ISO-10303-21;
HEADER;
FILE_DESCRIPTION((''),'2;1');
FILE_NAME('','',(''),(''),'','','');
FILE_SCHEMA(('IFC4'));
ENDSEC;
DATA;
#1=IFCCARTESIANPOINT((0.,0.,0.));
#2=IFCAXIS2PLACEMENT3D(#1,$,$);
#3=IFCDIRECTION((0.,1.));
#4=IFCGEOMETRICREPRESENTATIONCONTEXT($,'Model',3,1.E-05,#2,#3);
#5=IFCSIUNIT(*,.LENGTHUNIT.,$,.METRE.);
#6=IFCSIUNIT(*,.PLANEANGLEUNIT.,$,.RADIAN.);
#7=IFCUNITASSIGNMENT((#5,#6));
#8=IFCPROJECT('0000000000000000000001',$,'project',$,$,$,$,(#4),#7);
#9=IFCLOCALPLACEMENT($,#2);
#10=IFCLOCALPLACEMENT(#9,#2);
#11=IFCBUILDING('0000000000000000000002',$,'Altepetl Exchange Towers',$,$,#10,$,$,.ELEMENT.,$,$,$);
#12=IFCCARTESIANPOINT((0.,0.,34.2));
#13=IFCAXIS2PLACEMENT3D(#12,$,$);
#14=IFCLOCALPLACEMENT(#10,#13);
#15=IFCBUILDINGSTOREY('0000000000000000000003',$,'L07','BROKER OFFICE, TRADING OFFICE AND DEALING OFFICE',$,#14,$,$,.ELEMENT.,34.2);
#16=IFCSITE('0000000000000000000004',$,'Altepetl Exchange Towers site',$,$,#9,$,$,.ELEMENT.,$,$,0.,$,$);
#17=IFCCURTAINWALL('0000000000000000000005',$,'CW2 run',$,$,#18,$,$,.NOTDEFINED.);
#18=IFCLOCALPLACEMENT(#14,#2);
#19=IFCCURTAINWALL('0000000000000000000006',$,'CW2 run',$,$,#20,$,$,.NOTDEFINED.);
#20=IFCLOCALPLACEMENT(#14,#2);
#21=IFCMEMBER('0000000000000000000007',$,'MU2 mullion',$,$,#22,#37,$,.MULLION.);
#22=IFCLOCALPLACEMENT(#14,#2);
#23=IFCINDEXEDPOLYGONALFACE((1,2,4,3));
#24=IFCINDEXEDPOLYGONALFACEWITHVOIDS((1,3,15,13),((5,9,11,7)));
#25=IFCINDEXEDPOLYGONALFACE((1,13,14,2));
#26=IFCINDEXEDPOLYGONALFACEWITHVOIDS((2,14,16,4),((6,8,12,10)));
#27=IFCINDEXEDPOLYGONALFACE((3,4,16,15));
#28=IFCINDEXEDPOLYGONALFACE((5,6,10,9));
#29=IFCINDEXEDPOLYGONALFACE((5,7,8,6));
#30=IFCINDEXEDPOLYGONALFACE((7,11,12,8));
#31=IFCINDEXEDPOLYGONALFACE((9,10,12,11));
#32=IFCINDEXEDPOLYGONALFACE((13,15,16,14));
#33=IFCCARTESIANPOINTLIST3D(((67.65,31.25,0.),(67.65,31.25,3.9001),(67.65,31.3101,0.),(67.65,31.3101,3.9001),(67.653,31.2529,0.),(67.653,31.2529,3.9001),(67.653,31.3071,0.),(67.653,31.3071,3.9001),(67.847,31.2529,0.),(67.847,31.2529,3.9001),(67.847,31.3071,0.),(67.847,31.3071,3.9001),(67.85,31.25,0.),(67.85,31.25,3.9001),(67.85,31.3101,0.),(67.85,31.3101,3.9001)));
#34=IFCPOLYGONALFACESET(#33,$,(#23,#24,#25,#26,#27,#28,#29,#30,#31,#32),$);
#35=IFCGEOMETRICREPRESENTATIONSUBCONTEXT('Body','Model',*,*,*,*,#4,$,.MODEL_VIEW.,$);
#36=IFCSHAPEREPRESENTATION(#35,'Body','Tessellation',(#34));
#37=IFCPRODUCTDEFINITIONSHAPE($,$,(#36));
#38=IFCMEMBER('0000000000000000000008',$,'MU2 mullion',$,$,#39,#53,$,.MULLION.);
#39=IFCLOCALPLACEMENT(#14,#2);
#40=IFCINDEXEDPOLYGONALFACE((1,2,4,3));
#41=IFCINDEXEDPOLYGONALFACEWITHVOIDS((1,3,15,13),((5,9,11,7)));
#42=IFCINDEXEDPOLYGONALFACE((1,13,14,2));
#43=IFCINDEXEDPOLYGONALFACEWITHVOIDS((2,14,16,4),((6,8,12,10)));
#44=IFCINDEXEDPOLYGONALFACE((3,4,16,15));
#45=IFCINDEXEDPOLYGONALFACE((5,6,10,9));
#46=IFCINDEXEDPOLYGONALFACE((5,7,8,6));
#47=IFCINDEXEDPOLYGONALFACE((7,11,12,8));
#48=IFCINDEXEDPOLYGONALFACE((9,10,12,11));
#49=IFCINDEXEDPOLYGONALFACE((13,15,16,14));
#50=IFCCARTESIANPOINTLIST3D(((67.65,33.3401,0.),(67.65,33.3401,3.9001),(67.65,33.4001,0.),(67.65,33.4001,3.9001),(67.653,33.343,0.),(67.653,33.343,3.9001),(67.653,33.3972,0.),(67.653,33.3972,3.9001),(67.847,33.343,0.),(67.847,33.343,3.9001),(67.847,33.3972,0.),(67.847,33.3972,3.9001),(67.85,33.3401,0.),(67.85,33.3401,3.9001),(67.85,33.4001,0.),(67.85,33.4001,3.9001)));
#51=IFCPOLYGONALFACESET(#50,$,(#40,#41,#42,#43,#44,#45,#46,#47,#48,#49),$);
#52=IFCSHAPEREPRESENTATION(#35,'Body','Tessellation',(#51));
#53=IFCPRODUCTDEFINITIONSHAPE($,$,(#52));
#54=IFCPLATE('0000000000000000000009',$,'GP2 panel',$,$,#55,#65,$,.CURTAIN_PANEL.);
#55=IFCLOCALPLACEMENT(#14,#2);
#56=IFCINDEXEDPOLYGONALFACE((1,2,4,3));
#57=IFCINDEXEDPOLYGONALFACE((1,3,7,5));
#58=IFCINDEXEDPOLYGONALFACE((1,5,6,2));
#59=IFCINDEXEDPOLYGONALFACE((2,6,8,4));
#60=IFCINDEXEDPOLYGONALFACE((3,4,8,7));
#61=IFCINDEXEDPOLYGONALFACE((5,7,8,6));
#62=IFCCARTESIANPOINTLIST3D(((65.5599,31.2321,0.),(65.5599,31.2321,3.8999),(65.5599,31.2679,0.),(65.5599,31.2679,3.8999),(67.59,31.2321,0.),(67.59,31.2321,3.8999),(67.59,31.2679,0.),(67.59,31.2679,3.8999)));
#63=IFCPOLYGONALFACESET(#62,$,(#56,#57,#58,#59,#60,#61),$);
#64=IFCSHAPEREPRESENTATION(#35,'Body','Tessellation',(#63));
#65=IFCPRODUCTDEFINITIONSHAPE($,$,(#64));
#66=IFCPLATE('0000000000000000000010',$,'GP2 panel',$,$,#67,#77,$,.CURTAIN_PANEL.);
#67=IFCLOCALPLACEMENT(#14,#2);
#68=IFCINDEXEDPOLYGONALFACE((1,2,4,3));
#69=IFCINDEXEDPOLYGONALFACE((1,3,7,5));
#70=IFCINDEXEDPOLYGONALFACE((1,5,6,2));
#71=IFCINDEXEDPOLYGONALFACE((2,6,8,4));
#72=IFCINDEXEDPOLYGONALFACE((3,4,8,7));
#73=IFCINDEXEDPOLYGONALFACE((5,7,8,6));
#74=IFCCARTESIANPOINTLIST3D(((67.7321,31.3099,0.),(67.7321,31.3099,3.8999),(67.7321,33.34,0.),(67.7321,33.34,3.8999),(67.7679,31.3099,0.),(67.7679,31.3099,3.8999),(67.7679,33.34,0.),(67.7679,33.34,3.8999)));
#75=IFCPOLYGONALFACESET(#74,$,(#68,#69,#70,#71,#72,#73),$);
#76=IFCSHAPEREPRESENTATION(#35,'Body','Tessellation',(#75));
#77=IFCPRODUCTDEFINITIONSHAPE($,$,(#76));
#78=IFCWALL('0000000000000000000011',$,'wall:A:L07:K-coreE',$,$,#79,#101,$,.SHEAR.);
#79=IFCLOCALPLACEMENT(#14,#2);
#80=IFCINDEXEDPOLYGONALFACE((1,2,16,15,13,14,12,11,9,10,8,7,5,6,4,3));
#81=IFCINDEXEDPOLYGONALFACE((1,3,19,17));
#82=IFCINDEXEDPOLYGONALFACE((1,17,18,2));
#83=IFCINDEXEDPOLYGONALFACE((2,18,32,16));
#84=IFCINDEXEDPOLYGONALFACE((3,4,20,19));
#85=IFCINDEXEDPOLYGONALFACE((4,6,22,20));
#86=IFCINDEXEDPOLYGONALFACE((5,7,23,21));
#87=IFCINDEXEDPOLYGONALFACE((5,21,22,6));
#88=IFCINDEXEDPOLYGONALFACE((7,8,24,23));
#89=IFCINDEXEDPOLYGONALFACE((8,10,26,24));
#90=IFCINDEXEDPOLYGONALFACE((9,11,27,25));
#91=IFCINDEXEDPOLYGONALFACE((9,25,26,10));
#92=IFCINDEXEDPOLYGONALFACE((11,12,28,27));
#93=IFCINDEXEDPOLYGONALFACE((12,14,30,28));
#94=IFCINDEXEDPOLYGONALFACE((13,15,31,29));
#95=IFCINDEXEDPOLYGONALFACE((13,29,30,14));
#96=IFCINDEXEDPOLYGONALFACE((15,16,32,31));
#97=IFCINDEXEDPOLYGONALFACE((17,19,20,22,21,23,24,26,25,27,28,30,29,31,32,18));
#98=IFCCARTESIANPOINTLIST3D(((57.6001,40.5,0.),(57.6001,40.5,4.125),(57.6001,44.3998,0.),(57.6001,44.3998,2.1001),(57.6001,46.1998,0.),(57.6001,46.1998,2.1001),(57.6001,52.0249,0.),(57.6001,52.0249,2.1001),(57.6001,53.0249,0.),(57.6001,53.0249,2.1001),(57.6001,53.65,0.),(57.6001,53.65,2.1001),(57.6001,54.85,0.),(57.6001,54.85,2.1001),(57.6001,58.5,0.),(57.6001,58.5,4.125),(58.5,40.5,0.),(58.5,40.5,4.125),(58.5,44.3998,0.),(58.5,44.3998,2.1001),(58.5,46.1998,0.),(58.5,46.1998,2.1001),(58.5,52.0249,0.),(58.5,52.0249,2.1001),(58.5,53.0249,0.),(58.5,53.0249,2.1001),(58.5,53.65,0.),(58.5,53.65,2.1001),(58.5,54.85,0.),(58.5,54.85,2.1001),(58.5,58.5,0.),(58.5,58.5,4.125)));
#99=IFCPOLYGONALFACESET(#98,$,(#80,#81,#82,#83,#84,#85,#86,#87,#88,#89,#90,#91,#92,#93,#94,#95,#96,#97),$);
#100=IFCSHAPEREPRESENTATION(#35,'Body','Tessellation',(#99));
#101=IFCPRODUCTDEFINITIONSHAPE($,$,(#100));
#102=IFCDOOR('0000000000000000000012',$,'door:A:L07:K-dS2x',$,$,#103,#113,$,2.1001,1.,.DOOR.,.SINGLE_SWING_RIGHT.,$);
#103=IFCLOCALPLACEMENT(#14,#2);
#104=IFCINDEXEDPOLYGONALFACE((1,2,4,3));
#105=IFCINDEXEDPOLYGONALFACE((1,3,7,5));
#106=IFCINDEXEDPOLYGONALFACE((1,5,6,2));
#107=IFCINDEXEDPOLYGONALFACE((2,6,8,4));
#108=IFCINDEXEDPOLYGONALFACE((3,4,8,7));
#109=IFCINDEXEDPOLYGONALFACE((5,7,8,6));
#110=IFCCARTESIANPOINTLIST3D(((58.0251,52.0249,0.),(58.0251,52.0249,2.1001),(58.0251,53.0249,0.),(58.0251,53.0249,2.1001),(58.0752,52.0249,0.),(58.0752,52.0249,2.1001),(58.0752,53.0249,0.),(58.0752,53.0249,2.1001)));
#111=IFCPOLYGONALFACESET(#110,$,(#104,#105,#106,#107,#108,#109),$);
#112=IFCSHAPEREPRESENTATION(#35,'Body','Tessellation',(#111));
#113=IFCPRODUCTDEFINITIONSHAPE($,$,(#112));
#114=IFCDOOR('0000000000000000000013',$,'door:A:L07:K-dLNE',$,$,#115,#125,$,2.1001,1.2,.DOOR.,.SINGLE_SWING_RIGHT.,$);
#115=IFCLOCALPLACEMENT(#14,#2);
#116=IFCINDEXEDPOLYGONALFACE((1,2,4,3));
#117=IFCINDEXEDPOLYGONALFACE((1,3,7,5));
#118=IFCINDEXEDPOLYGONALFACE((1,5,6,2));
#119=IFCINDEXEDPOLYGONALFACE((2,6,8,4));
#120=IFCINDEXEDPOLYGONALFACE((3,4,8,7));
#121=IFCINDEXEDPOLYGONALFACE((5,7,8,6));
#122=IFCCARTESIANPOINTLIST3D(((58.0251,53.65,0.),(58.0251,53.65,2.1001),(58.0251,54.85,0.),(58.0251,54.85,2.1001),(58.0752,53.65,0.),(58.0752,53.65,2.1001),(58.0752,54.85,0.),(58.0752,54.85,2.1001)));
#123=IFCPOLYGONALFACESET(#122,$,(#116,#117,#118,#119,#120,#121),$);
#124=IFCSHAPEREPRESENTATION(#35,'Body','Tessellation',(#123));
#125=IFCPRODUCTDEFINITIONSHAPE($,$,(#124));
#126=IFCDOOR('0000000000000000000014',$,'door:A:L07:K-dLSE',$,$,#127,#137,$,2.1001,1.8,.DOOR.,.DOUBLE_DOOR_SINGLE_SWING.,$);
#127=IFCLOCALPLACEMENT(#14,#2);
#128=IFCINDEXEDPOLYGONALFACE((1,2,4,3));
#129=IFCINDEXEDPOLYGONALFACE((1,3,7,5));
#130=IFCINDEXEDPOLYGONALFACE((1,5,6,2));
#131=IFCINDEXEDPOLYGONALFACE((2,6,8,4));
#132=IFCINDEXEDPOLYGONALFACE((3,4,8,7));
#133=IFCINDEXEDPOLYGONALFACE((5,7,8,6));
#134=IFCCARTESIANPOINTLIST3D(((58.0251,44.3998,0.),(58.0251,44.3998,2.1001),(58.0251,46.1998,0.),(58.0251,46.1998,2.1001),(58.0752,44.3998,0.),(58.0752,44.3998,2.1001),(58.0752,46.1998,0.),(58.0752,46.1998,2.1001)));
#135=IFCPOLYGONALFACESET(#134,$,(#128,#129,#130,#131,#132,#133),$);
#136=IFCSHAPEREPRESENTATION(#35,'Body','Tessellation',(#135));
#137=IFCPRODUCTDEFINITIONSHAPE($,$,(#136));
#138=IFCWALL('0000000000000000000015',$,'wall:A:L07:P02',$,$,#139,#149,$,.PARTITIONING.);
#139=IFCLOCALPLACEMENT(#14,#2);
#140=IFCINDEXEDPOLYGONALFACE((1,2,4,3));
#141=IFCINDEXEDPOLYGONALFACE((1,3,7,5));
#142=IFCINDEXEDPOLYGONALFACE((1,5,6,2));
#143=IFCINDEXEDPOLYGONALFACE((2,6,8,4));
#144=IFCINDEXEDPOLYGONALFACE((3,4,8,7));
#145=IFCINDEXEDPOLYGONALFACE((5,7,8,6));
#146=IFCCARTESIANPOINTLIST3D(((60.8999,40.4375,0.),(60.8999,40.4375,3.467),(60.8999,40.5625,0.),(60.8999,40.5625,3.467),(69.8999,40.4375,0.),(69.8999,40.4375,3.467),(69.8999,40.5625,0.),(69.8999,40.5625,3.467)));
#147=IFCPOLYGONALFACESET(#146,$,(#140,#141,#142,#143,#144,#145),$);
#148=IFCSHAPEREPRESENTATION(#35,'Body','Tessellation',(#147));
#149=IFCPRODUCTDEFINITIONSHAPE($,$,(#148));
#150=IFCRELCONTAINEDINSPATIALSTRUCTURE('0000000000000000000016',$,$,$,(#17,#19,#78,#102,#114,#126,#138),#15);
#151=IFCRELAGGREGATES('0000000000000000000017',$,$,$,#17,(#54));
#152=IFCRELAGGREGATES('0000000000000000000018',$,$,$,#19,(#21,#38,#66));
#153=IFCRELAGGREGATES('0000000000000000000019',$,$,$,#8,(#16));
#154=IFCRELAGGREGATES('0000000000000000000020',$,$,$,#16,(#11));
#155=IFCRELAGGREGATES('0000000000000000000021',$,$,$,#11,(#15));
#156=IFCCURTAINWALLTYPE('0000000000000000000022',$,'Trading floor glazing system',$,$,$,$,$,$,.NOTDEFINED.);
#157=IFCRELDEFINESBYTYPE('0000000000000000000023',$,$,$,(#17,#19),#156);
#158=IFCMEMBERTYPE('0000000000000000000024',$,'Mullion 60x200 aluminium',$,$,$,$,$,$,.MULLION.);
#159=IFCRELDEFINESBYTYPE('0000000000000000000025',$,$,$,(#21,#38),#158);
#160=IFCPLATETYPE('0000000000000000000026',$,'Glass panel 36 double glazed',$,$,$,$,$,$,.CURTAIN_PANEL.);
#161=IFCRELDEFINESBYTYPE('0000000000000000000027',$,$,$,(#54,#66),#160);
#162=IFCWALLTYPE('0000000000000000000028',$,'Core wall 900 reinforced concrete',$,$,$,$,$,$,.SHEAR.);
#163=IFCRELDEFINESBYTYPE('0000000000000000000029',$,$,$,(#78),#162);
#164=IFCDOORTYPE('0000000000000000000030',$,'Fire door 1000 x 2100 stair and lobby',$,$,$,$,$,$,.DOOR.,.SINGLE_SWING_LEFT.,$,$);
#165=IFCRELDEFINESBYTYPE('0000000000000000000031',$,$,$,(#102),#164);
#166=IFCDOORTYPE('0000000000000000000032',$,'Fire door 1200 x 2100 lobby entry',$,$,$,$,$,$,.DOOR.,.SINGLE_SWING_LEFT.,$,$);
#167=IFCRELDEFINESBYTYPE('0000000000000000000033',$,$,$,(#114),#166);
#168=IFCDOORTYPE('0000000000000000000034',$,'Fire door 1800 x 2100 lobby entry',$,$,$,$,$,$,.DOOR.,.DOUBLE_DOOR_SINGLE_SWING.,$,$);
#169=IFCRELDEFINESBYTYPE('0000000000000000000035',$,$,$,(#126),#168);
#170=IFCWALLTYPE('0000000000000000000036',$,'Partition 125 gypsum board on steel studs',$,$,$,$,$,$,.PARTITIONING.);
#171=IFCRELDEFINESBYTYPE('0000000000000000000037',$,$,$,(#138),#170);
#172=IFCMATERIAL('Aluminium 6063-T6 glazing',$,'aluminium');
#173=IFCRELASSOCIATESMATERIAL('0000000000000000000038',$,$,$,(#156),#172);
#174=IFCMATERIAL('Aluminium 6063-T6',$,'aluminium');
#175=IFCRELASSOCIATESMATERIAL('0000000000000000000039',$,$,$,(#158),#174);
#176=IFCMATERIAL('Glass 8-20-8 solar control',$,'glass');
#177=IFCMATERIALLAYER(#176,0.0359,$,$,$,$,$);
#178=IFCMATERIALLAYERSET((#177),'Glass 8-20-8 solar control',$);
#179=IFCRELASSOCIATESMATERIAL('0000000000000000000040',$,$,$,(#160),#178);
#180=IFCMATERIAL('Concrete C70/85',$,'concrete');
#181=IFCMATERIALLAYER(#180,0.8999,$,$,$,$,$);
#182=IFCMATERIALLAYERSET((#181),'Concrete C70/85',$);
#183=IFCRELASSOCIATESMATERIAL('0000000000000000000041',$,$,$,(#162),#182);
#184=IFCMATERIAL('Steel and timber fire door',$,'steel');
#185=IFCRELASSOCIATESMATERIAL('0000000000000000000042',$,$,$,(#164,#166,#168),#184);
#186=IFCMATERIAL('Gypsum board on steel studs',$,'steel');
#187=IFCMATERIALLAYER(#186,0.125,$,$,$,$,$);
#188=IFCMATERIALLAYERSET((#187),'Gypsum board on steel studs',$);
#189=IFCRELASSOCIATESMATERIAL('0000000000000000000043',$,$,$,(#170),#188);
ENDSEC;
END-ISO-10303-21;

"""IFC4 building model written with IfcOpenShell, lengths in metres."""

from ifc_helpers import new_model, si_unit, direction, frame, frame_2d, origin, origin_2d, place, context, subcontext, project, spatial, rectangle, hollow_rectangle, extrude, material, layer, layer_set, material_profile, profile_set, type_object, element, fill, aggregate, save


model = new_model("IFC4")

# Units and contexts
model_context = context("Model", 3, precision=1e-05, world=origin(), true_north=direction((0.0, 1.0)))
body_context = subcontext(model_context, "Body", "Model", "MODEL_VIEW")
ifc_project = project(units=[si_unit("LENGTHUNIT", "METRE"), si_unit("PLANEANGLEUNIT", "RADIAN")], contexts=[model_context])

# Site, building, storey
site_placement = place(None, origin())
site = spatial("IfcSite", under=ifc_project, at=site_placement, Name="Altepetl Exchange Towers site", CompositionType="ELEMENT", RefElevation=0.0)
building_placement = place(site_placement, origin())
building = spatial("IfcBuilding", under=site, at=building_placement, Name="Altepetl Exchange Towers", CompositionType="ELEMENT")
storey_placement = place(building_placement, frame((0.0, 0.0, 34.2)))
storey = spatial("IfcBuildingStorey", under=building, at=storey_placement, Name="L07", Description="BROKER OFFICE, TRADING OFFICE AND DEALING OFFICE", CompositionType="ELEMENT", Elevation=34.2)

# Shared definitions
ifc_material_1 = material(Name="Concrete C70/85", Category="concrete")

# Shared definitions
ifc_material_2 = material(Name="Aluminium 6063-T6 glazing", Category="aluminium")
curtain_wall_type = type_object("IfcCurtainWallType", Name="Trading floor glazing system", PredefinedType="NOTDEFINED", material=ifc_material_2)
ifc_material_3 = material(Name="Aluminium 6063-T6", Category="aluminium")
ifc_material_profile_1 = material_profile(ifc_material_3, hollow_rectangle(XDim=0.0601, YDim=0.2, WallThickness=0.0029, at=origin_2d()), Name="Mullion 60x200 aluminium")
ifc_profile_set_1 = profile_set([ifc_material_profile_1], Name="Aluminium 6063-T6")
member_type = type_object("IfcMemberType", Name="Mullion 60x200 aluminium", PredefinedType="MULLION", material=ifc_profile_set_1)

# Curtain walls, members
curtain_wall_1_placement = place(storey_placement, origin())
curtain_wall_1 = element("IfcCurtainWall", 1, at=curtain_wall_1_placement, inside=storey, type_object=curtain_wall_type, Name="CW2 run", PredefinedType="NOTDEFINED")
curtain_wall_2_placement = place(storey_placement, origin())
curtain_wall_2 = element("IfcCurtainWall", 2, at=curtain_wall_2_placement, inside=storey, type_object=curtain_wall_type, Name="CW2 run", PredefinedType="NOTDEFINED")
member_1_placement = place(storey_placement, frame((67.75, 31.28, 0.0), z_axis=(0.0, 0.0, 1.0), x_axis=(0.0, 1.0, 0.0)))
member_1 = element("IfcMember", 3, at=member_1_placement, type_object=member_type, Name="MU2 mullion", PredefinedType="MULLION", context=body_context, shape_type="SweptSolid", body=[
    extrude(hollow_rectangle(XDim=0.0601, YDim=0.2, WallThickness=0.0029, at=origin_2d()), origin(), (0.0, 0.0, 1.0), 3.9001),
])
member_2_placement = place(storey_placement, frame((67.75, 33.3701, 0.0), z_axis=(0.0, 0.0, 1.0), x_axis=(0.0, 1.0, 0.0)))
member_2 = element("IfcMember", 4, at=member_2_placement, type_object=member_type, Name="MU2 mullion", PredefinedType="MULLION", context=body_context, shape_type="SweptSolid", body=[
    extrude(hollow_rectangle(XDim=0.0601, YDim=0.2, WallThickness=0.0029, at=origin_2d()), origin(), (0.0, 0.0, 1.0), 3.9001),
])

# Plates
ifc_material_4 = material(Name="Glass 8-20-8 solar control", Category="glass")
ifc_layer_1 = layer(ifc_material_4, 0.0359)
ifc_layer_set_1 = layer_set([ifc_layer_1], Name="Glass 8-20-8 solar control")
plate_type = type_object("IfcPlateType", Name="Glass panel 36 double glazed", PredefinedType="CURTAIN_PANEL", material=ifc_layer_set_1)
plate_1_placement = place(storey_placement, frame((66.575, 31.25, 0.0)))
plate_1 = element("IfcPlate", 5, at=plate_1_placement, type_object=plate_type, Name="GP2 panel", PredefinedType="CURTAIN_PANEL", context=body_context, shape_type="SweptSolid", body=[
    extrude(rectangle(XDim=2.03, YDim=0.0359, at=origin_2d()), origin(), (0.0, 0.0, 1.0), 3.8999),
])
aggregate(curtain_wall_1, [plate_1])
plate_2_placement = place(storey_placement, frame((67.75, 32.325, 0.0), z_axis=(0.0, 0.0, 1.0), x_axis=(0.0, 1.0, 0.0)))
plate_2 = element("IfcPlate", 6, at=plate_2_placement, type_object=plate_type, Name="GP2 panel", PredefinedType="CURTAIN_PANEL", context=body_context, shape_type="SweptSolid", body=[
    extrude(rectangle(XDim=2.03, YDim=0.0359, at=origin_2d()), origin(), (0.0, 0.0, 1.0), 3.8999),
])
aggregate(curtain_wall_2, [member_1, member_2, plate_2])

# Wall, openings, doors
ifc_layer_2 = layer(ifc_material_1, 0.8999)
ifc_layer_set_2 = layer_set([ifc_layer_2], Name="Concrete C70/85")
wall_type_1 = type_object("IfcWallType", Name="Core wall 900 reinforced concrete", PredefinedType="SHEAR", material=ifc_layer_set_2)
wall_1_placement = place(storey_placement, frame((58.05, 40.5, 0.0), z_axis=(0.0, 0.0, 1.0), x_axis=(0.0, 1.0, 0.0)))
wall_1 = element("IfcWall", 7, at=wall_1_placement, inside=storey, type_object=wall_type_1, Name="wall:A:L07:K-coreE", PredefinedType="SHEAR", context=body_context, shape_type="SweptSolid", body=[
    extrude(rectangle(XDim=18.0, YDim=0.8999, at=frame_2d((9.0, 0.0))), origin(), (0.0, 0.0, 1.0), 4.125),
])
opening_1_placement = place(wall_1_placement, frame((13.1499, 0.0, 0.0)))
opening_1 = element("IfcOpeningElement", 8, at=opening_1_placement, cuts=wall_1, PredefinedType="OPENING", context=body_context, shape_type="SweptSolid", body=[
    extrude(rectangle(XDim=1.2, YDim=2.1001, at=frame_2d((0.6001, 1.05))), frame((0.0, 0.46, 0.0), z_axis=(0.0, -1.0, 0.0), x_axis=(1.0, 0.0, 0.0)), (0.0, 0.0, 1.0), 0.9199),
])
opening_2_placement = place(wall_1_placement, frame((3.8999, 0.0, 0.0)))
opening_2 = element("IfcOpeningElement", 9, at=opening_2_placement, cuts=wall_1, PredefinedType="OPENING", context=body_context, shape_type="SweptSolid", body=[
    extrude(rectangle(XDim=1.8, YDim=2.1001, at=frame_2d((0.8999, 1.05))), frame((0.0, 0.46, 0.0), z_axis=(0.0, -1.0, 0.0), x_axis=(1.0, 0.0, 0.0)), (0.0, 0.0, 1.0), 0.9199),
])
opening_3_placement = place(wall_1_placement, frame((11.5249, 0.0, 0.0)))
opening_3 = element("IfcOpeningElement", 10, at=opening_3_placement, cuts=wall_1, PredefinedType="OPENING", context=body_context, shape_type="SweptSolid", body=[
    extrude(rectangle(XDim=1.0, YDim=2.1001, at=frame_2d((0.5, 1.05))), frame((0.0, 0.46, 0.0), z_axis=(0.0, -1.0, 0.0), x_axis=(1.0, 0.0, 0.0)), (0.0, 0.0, 1.0), 0.9199),
])
ifc_material_5 = material(Name="Steel and timber fire door", Category="steel")
door_type_1 = type_object("IfcDoorType", Name="Fire door 1000 x 2100 stair and lobby", OperationType="SINGLE_SWING_LEFT", PredefinedType="DOOR", material=ifc_material_5)
door_1_placement = place(opening_3_placement, origin())
door_1 = element("IfcDoor", 11, at=door_1_placement, inside=storey, type_object=door_type_1, Name="door:A:L07:K-dS2x", OperationType="SINGLE_SWING_RIGHT", OverallHeight=2.1001, OverallWidth=1.0, PredefinedType="DOOR", context=body_context, shape_type="SweptSolid", body=[
    extrude(rectangle(XDim=1.0, YDim=2.1001, at=frame_2d((0.5, 1.05))), frame((0.0, 0.0249, 0.0), z_axis=(0.0, -1.0, 0.0), x_axis=(1.0, 0.0, 0.0)), (0.0, 0.0, 1.0), 0.05),
])
fill(opening_3, door_1)
door_type_2 = type_object("IfcDoorType", Name="Fire door 1200 x 2100 lobby entry", OperationType="SINGLE_SWING_LEFT", PredefinedType="DOOR", material=ifc_material_5)
door_2_placement = place(opening_1_placement, origin())
door_2 = element("IfcDoor", 12, at=door_2_placement, inside=storey, type_object=door_type_2, Name="door:A:L07:K-dLNE", OperationType="SINGLE_SWING_RIGHT", OverallHeight=2.1001, OverallWidth=1.2, PredefinedType="DOOR", context=body_context, shape_type="SweptSolid", body=[
    extrude(rectangle(XDim=1.2, YDim=2.1001, at=frame_2d((0.6001, 1.05))), frame((0.0, 0.0249, 0.0), z_axis=(0.0, -1.0, 0.0), x_axis=(1.0, 0.0, 0.0)), (0.0, 0.0, 1.0), 0.05),
])
fill(opening_1, door_2)
door_type_3 = type_object("IfcDoorType", Name="Fire door 1800 x 2100 lobby entry", OperationType="DOUBLE_DOOR_SINGLE_SWING", PredefinedType="DOOR", material=ifc_material_5)
door_3_placement = place(opening_2_placement, origin())
door_3 = element("IfcDoor", 13, at=door_3_placement, inside=storey, type_object=door_type_3, Name="door:A:L07:K-dLSE", OperationType="DOUBLE_DOOR_SINGLE_SWING", OverallHeight=2.1001, OverallWidth=1.8, PredefinedType="DOOR", context=body_context, shape_type="SweptSolid", body=[
    extrude(rectangle(XDim=1.8, YDim=2.1001, at=frame_2d((0.8999, 1.05))), frame((0.0, 0.0249, 0.0), z_axis=(0.0, -1.0, 0.0), x_axis=(1.0, 0.0, 0.0)), (0.0, 0.0, 1.0), 0.05),
])
fill(opening_2, door_3)

# Wall
ifc_material_6 = material(Name="Gypsum board on steel studs", Category="steel")
ifc_layer_3 = layer(ifc_material_6, 0.125)
ifc_layer_set_3 = layer_set([ifc_layer_3], Name="Gypsum board on steel studs")
wall_type_2 = type_object("IfcWallType", Name="Partition 125 gypsum board on steel studs", PredefinedType="PARTITIONING", material=ifc_layer_set_3)
wall_2_placement = place(storey_placement, frame((60.8999, 40.5, 0.0)))
element("IfcWall", 14, at=wall_2_placement, inside=storey, type_object=wall_type_2, Name="wall:A:L07:P02", PredefinedType="PARTITIONING", context=body_context, shape_type="SweptSolid", body=[
    extrude(rectangle(XDim=9.0, YDim=0.125, at=frame_2d((4.5, 0.0))), origin(), (0.0, 0.0, 1.0), 3.467),
])

save(model, "model.ifc")
